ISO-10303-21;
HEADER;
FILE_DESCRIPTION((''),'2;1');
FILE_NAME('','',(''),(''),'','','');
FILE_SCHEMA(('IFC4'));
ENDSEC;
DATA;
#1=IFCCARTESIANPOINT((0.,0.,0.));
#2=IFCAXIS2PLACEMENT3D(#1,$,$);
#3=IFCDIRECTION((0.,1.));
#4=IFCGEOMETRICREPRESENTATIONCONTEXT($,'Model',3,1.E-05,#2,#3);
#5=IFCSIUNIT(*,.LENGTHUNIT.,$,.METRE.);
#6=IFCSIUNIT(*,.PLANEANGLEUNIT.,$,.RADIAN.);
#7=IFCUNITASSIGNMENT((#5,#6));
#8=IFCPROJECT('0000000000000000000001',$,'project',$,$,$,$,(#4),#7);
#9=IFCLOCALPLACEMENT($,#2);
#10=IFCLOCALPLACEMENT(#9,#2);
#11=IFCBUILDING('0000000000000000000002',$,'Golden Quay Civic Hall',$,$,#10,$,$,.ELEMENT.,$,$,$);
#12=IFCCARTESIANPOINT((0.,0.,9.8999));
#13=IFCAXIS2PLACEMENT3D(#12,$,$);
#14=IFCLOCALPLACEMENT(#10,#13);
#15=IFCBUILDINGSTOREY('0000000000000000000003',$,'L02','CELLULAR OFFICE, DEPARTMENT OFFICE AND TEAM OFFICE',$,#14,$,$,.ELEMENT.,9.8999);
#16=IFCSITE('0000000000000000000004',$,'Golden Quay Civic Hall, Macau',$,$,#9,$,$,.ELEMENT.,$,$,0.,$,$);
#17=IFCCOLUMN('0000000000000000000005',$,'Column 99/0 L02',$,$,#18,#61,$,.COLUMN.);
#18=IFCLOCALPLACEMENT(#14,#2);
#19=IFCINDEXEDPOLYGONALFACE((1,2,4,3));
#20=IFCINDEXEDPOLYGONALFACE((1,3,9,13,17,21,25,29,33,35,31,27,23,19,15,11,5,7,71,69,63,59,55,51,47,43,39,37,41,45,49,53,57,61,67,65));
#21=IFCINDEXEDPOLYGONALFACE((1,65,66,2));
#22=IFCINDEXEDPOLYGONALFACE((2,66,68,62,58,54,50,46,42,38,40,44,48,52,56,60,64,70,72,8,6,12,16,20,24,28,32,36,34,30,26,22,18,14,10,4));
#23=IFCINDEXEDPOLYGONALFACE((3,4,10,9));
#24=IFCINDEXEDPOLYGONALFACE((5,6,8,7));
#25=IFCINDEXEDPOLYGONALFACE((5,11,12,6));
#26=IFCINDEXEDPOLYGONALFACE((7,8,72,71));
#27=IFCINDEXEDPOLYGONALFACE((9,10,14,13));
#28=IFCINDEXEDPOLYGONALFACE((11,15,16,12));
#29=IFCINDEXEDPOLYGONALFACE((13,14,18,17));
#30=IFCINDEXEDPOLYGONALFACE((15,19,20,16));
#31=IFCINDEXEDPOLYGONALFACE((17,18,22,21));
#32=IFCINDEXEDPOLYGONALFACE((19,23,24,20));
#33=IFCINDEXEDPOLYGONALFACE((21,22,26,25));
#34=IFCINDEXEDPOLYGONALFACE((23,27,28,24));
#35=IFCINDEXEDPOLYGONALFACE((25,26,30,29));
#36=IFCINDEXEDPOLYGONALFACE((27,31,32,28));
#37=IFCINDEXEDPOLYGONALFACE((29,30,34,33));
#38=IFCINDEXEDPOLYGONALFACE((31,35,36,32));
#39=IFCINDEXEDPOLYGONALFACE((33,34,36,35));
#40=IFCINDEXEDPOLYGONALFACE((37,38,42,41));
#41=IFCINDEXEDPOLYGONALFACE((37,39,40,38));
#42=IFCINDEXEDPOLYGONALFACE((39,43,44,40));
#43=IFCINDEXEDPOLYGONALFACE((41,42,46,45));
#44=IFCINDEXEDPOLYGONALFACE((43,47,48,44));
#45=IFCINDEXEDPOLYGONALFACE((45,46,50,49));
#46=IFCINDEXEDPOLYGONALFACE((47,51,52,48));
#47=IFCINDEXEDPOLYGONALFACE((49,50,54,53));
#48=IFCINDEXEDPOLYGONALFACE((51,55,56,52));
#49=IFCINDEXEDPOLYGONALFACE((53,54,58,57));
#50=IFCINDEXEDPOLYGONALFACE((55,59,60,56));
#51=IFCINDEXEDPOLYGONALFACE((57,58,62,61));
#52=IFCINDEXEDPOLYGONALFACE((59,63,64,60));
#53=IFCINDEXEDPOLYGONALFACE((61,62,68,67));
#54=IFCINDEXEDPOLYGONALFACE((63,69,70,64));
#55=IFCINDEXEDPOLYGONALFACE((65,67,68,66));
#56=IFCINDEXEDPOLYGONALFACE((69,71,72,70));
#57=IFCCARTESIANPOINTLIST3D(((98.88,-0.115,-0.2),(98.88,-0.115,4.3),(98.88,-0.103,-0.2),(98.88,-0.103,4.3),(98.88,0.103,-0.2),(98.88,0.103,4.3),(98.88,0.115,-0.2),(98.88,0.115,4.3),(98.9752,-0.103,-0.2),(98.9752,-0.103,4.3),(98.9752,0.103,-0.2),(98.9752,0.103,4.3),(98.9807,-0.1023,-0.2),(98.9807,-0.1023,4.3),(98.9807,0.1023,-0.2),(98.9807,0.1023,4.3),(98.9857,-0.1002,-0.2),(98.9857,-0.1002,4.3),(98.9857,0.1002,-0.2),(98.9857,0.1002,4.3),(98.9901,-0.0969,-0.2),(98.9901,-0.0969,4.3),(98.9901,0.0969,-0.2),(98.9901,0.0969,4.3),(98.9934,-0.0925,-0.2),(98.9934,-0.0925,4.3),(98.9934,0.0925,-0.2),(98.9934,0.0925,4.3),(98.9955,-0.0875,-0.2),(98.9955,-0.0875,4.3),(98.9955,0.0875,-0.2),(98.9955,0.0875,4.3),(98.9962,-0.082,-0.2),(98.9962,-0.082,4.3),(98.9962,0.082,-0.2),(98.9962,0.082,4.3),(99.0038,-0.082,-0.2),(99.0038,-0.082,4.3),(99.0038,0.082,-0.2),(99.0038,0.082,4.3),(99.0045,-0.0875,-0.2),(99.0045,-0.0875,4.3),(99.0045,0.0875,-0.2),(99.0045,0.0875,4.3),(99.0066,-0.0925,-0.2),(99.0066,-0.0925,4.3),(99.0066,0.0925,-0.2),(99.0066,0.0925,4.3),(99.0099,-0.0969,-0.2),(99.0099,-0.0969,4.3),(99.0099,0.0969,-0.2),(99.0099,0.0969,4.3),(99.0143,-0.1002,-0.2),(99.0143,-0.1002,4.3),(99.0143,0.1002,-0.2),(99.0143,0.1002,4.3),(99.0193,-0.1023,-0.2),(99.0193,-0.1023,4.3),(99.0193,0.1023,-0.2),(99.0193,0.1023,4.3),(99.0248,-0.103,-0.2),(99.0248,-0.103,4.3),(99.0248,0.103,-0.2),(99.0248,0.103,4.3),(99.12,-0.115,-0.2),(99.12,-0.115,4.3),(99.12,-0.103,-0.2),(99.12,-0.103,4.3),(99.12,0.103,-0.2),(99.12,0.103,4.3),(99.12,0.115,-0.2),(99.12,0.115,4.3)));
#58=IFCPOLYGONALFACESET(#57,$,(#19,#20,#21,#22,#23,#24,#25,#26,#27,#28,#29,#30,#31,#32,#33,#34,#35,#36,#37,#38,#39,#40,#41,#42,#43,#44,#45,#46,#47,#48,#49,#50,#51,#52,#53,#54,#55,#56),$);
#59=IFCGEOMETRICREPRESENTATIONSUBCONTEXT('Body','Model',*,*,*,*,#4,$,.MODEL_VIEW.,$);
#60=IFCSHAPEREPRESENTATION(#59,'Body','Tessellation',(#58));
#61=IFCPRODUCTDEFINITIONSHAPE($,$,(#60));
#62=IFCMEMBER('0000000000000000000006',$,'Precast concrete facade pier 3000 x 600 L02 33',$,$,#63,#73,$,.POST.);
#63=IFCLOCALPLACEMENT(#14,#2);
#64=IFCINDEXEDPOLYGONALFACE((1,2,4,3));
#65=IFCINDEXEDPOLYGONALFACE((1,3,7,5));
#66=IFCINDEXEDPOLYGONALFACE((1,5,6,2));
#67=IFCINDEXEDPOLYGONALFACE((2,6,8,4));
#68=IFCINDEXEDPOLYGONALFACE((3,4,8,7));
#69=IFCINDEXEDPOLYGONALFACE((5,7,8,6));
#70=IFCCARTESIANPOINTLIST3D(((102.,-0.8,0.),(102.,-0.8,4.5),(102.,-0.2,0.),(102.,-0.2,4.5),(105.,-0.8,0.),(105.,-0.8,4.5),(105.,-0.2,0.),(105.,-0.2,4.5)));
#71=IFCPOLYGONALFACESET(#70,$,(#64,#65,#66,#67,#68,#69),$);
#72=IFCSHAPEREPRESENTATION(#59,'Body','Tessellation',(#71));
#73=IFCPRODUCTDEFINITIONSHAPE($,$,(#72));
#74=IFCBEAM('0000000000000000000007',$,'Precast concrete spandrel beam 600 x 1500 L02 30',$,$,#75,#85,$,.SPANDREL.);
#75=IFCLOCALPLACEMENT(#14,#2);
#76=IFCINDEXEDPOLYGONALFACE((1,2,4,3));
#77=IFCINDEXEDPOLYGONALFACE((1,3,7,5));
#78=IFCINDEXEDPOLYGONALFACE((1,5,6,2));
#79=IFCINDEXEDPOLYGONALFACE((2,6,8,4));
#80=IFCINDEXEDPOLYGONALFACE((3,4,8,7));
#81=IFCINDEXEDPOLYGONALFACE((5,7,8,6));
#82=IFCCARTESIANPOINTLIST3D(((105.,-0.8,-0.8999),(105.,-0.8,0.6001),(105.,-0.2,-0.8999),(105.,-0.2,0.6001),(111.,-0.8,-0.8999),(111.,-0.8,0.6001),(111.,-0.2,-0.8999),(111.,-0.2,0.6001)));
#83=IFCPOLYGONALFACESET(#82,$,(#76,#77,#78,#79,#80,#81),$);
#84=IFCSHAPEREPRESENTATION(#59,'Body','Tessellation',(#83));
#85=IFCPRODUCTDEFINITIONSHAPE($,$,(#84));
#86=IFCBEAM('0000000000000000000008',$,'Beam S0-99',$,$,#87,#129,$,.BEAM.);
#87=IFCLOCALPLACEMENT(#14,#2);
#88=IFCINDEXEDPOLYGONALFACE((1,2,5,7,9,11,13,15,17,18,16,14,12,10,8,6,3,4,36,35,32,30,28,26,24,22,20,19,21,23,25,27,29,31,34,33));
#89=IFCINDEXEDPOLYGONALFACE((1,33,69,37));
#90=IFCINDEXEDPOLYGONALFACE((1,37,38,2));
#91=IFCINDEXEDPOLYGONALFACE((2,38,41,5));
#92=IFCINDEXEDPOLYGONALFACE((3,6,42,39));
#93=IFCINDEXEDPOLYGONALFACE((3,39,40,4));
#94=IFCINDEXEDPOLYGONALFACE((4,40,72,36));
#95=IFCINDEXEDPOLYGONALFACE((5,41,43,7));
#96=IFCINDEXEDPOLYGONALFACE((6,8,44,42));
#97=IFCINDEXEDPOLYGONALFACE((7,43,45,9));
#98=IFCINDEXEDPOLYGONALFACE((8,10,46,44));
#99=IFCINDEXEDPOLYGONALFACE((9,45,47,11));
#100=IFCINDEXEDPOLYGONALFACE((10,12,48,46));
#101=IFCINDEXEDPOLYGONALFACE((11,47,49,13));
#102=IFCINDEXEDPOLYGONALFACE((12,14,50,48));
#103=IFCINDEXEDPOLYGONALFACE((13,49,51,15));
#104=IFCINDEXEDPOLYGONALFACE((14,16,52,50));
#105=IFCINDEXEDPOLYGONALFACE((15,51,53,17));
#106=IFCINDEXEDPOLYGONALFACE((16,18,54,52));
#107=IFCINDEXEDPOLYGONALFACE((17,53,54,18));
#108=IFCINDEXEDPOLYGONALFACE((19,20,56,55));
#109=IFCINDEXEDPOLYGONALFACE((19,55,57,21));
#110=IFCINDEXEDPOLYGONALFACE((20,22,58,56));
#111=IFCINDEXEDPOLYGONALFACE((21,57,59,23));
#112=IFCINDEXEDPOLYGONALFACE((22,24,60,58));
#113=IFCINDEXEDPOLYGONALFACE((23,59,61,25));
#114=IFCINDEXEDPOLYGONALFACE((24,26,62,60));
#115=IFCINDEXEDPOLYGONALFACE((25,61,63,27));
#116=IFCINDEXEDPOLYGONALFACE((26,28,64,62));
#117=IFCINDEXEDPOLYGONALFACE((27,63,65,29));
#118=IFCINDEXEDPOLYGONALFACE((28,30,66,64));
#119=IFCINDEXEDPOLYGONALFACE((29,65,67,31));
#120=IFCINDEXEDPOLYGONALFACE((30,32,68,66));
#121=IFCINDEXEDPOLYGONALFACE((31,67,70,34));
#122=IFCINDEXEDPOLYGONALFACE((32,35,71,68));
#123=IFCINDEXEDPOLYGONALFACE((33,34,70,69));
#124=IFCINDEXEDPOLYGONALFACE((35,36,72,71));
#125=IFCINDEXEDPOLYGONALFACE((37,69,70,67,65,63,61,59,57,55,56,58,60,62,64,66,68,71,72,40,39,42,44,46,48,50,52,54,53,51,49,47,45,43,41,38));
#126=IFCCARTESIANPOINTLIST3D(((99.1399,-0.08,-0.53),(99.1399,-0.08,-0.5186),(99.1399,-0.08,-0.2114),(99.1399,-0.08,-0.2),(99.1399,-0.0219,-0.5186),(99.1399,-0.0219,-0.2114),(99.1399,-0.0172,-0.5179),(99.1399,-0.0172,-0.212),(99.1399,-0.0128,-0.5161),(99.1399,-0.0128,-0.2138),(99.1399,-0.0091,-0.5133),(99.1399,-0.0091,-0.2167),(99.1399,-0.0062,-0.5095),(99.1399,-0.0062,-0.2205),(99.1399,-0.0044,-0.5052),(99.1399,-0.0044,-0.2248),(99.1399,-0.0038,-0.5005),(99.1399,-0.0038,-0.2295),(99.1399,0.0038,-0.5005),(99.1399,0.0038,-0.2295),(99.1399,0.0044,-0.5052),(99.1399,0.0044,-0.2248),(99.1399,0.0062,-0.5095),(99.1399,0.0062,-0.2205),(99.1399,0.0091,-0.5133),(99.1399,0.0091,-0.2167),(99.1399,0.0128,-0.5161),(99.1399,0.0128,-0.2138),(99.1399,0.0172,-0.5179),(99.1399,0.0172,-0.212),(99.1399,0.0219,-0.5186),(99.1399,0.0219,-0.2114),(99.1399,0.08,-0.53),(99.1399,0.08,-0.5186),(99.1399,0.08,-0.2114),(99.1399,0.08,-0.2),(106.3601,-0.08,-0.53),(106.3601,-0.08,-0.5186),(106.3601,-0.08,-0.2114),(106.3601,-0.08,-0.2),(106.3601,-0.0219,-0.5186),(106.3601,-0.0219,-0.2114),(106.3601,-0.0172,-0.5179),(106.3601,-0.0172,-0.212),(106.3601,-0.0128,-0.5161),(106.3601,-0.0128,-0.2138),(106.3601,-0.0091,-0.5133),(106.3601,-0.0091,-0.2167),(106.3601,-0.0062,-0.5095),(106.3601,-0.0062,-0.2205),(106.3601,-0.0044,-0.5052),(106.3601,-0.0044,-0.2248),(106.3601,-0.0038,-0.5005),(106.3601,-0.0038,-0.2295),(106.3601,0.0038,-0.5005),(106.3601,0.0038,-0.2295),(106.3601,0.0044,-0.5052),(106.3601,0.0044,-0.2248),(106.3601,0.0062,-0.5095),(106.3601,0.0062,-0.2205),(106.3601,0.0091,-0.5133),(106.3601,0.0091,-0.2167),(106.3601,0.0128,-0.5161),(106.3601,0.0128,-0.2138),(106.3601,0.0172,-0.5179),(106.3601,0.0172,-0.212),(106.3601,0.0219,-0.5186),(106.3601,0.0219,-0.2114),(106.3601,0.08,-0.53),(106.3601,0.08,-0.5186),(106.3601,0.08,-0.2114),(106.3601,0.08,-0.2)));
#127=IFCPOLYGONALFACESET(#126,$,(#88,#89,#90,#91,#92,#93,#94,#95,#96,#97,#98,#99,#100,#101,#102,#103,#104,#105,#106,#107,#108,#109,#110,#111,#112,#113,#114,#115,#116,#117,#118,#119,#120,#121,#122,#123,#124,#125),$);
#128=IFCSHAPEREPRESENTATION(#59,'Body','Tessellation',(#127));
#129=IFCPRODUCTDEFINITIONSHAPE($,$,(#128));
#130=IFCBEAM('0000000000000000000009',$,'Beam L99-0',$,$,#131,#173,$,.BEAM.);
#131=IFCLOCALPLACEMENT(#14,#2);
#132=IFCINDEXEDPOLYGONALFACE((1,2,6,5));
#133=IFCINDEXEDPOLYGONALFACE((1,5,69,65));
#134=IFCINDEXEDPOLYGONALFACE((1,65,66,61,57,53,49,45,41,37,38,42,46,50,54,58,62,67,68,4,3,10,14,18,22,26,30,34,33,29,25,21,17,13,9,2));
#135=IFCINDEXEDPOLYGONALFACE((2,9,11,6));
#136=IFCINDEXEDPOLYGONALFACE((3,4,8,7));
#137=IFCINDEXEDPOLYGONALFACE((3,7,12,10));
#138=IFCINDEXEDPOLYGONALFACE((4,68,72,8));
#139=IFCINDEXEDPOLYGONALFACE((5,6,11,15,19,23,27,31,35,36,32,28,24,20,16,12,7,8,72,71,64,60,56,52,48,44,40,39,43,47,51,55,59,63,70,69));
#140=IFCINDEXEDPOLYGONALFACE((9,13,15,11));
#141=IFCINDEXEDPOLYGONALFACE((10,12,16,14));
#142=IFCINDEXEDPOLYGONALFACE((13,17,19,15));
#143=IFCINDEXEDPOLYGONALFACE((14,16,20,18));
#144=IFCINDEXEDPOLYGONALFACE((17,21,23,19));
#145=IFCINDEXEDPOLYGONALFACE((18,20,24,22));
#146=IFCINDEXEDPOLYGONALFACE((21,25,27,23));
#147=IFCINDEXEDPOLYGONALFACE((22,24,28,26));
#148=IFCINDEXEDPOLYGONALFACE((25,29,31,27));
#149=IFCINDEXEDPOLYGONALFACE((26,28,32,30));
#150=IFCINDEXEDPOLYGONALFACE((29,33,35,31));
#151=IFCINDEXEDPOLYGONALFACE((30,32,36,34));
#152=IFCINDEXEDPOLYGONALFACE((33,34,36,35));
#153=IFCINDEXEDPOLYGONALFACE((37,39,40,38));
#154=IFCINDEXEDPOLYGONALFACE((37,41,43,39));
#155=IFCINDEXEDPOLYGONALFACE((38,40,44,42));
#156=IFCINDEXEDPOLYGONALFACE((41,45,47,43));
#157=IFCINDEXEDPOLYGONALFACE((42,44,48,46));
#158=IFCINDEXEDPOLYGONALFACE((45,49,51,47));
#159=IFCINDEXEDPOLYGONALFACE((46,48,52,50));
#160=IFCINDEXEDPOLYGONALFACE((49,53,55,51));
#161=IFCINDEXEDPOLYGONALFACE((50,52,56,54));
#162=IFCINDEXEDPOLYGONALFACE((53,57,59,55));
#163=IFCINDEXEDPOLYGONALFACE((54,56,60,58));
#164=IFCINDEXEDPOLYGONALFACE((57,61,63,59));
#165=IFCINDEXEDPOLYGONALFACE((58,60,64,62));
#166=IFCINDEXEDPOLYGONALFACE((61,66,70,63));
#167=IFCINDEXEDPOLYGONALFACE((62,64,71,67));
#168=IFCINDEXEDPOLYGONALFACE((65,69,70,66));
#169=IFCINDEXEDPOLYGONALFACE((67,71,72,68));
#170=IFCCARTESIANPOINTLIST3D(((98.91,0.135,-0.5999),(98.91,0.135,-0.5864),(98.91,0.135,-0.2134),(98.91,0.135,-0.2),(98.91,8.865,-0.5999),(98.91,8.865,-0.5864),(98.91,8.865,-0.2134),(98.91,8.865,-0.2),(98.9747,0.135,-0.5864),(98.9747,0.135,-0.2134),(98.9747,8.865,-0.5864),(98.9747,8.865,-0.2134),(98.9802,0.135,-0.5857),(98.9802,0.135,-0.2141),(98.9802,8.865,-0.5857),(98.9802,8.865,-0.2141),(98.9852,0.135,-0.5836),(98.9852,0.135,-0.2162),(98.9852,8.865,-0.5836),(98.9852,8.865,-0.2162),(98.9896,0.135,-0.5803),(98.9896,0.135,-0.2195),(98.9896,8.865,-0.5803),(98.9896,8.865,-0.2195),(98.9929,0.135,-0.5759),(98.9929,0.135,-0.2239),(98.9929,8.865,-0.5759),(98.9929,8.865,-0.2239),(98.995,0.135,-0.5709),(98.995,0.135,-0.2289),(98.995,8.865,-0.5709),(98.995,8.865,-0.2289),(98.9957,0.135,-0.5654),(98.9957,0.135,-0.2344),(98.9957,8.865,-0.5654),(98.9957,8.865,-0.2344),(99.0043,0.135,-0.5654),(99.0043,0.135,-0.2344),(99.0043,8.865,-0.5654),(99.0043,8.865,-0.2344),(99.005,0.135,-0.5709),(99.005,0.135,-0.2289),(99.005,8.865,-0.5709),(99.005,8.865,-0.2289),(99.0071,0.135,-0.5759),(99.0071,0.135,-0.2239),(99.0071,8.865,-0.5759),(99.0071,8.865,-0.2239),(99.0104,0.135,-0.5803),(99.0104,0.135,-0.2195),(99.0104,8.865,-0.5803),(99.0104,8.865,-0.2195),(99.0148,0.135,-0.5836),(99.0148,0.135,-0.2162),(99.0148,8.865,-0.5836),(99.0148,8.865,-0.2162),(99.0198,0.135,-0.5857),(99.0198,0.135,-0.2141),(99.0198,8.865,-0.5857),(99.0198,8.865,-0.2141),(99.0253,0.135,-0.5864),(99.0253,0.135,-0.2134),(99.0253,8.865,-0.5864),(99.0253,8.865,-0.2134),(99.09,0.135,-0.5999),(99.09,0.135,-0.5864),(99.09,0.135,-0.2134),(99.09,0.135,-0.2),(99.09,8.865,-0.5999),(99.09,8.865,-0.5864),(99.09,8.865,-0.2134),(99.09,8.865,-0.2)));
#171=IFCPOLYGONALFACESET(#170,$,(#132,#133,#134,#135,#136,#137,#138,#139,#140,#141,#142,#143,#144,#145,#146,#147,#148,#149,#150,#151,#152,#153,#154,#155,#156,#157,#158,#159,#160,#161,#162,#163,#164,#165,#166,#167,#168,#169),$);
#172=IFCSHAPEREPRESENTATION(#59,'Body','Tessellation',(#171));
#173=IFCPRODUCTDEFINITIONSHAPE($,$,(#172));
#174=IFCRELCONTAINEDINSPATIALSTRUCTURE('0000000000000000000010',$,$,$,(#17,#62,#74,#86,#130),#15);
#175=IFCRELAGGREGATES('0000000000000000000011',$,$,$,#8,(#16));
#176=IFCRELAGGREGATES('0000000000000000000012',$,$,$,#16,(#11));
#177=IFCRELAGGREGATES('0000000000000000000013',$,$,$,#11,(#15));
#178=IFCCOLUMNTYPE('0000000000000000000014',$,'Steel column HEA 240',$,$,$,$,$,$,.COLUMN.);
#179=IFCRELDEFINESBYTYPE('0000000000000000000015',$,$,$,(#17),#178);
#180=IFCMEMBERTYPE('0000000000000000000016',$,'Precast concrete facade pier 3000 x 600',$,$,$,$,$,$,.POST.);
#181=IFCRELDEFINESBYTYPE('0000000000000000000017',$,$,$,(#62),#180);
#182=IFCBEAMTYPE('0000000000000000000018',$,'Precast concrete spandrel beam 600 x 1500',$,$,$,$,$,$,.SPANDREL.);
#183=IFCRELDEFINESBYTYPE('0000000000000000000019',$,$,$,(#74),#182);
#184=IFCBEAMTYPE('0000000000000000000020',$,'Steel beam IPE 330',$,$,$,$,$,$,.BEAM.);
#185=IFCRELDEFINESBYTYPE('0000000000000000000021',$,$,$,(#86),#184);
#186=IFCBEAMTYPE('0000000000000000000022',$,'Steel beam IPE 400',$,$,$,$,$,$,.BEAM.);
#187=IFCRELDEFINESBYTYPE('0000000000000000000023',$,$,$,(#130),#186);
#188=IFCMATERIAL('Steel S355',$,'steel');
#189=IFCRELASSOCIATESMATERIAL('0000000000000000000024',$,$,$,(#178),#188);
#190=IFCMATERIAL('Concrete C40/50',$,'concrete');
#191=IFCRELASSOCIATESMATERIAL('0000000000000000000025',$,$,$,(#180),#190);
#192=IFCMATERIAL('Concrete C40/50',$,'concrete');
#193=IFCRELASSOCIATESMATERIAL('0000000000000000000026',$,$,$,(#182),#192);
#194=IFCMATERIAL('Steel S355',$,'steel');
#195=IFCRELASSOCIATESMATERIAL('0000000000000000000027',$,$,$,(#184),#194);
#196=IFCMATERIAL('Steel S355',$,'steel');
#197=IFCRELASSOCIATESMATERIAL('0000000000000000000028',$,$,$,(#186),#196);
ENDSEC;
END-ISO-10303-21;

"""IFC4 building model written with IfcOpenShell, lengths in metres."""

from ifc_helpers import new_model, si_unit, direction, frame, origin, origin_2d, place, context, subcontext, project, spatial, rectangle, i_section, extrude, material, material_profile, profile_set, type_object, element, save


model = new_model("IFC4")

# Units and contexts
model_context = context("Model", 3, precision=1e-05, world=origin(), true_north=direction((0.0, 1.0)))
body_context = subcontext(model_context, "Body", "Model", "MODEL_VIEW")
ifc_project = project(units=[si_unit("LENGTHUNIT", "METRE"), si_unit("PLANEANGLEUNIT", "RADIAN")], contexts=[model_context])

# Site, building, storey
site_placement = place(None, origin())
site = spatial("IfcSite", under=ifc_project, at=site_placement, Name="Golden Quay Civic Hall, Macau", CompositionType="ELEMENT", RefElevation=0.0)
building_placement = place(site_placement, origin())
building = spatial("IfcBuilding", under=site, at=building_placement, Name="Golden Quay Civic Hall", CompositionType="ELEMENT")
storey_placement = place(building_placement, frame((0.0, 0.0, 9.8999)))
storey = spatial("IfcBuildingStorey", under=building, at=storey_placement, Name="L02", Description="CELLULAR OFFICE, DEPARTMENT OFFICE AND TEAM OFFICE", CompositionType="ELEMENT", Elevation=9.8999)

# Column
ifc_material_1 = material(Name="Steel S355", Category="steel")
ifc_material_profile_1 = material_profile(ifc_material_1, i_section(OverallWidth=0.24, OverallDepth=0.23, WebThickness=0.0076, FlangeThickness=0.012, FilletRadius=0.021, at=origin_2d()), Name="HEA 240")
ifc_profile_set_1 = profile_set([ifc_material_profile_1], Name="Steel S355")
column_type = type_object("IfcColumnType", Name="Steel column HEA 240", PredefinedType="COLUMN", material=ifc_profile_set_1)
column_placement = place(storey_placement, frame((99.0, 0.0, -0.2), z_axis=(0.0, 0.0, 1.0), x_axis=(1.0, 0.0, 0.0)))
element("IfcColumn", 1, at=column_placement, inside=storey, type_object=column_type, Name="Column 99/0 L02", PredefinedType="COLUMN", context=body_context, shape_type="SweptSolid", body=[
    extrude(i_section(OverallWidth=0.24, OverallDepth=0.23, WebThickness=0.0076, FlangeThickness=0.012, FilletRadius=0.021, at=origin_2d()), origin(), (0.0, 0.0, 1.0), 4.5),
])

# Member
ifc_material_2 = material(Name="Concrete C40/50", Category="concrete")
ifc_material_profile_2 = material_profile(ifc_material_2, rectangle(XDim=3.0, YDim=0.6001, at=origin_2d()), Name="RC 3000x600")
ifc_profile_set_2 = profile_set([ifc_material_profile_2], Name="Concrete C40/50")
member_type_1 = type_object("IfcMemberType", Name="Precast concrete facade pier 3000 x 600", PredefinedType="POST", material=ifc_profile_set_2)
member_1_placement = place(storey_placement, frame((103.5, -0.5, 0.0), z_axis=(0.0, 0.0, 1.0), x_axis=(1.0, 0.0, 0.0)))
element("IfcMember", 2, at=member_1_placement, inside=storey, type_object=member_type_1, Name="Precast concrete facade pier 3000 x 600 L02 33", PredefinedType="POST", context=body_context, shape_type="SweptSolid", body=[
    extrude(rectangle(XDim=3.0, YDim=0.6001, at=origin_2d()), origin(), (0.0, 0.0, 1.0), 4.5),
])

# Beams
ifc_material_3 = material(Name="Concrete C40/50", Category="concrete")
ifc_material_profile_3 = material_profile(ifc_material_3, rectangle(XDim=0.6001, YDim=1.5, at=origin_2d()), Name="RC 600x1500")
ifc_profile_set_3 = profile_set([ifc_material_profile_3], Name="Concrete C40/50")
beam_type_1 = type_object("IfcBeamType", Name="Precast concrete spandrel beam 600 x 1500", PredefinedType="SPANDREL", material=ifc_profile_set_3)
beam_1_placement = place(storey_placement, frame((105.0, -0.5, -0.1499), z_axis=(1.0, 0.0, 0.0), x_axis=(0.0, 1.0, 0.0)))
element("IfcBeam", 3, at=beam_1_placement, inside=storey, type_object=beam_type_1, Name="Precast concrete spandrel beam 600 x 1500 L02 30", PredefinedType="SPANDREL", context=body_context, shape_type="SweptSolid", body=[
    extrude(rectangle(XDim=0.6001, YDim=1.5, at=origin_2d()), origin(), (0.0, 0.0, 1.0), 6.0),
])
ifc_material_4 = material(Name="Steel S355", Category="steel")
ifc_material_profile_4 = material_profile(ifc_material_4, i_section(OverallWidth=0.1599, OverallDepth=0.3301, WebThickness=0.0076, FlangeThickness=0.0115, FilletRadius=0.0181, at=origin_2d()), Name="IPE 330")
ifc_profile_set_4 = profile_set([ifc_material_profile_4], Name="Steel S355")
beam_type_2 = type_object("IfcBeamType", Name="Steel beam IPE 330", PredefinedType="BEAM", material=ifc_profile_set_4)
beam_2_placement = place(storey_placement, frame((99.1399, 0.0, -0.365), z_axis=(1.0, 0.0, 0.0), x_axis=(0.0, 1.0, 0.0)))
element("IfcBeam", 4, at=beam_2_placement, inside=storey, type_object=beam_type_2, Name="Beam S0-99", PredefinedType="BEAM", context=body_context, shape_type="SweptSolid", body=[
    extrude(i_section(OverallWidth=0.1599, OverallDepth=0.3301, WebThickness=0.0076, FlangeThickness=0.0115, FilletRadius=0.0181, at=origin_2d()), origin(), (0.0, 0.0, 1.0), 7.2202),
])
ifc_material_5 = material(Name="Steel S355", Category="steel")
ifc_material_profile_5 = material_profile(ifc_material_5, i_section(OverallWidth=0.1799, OverallDepth=0.3999, WebThickness=0.0085, FlangeThickness=0.0134, FilletRadius=0.021, at=origin_2d()), Name="IPE 400")
ifc_profile_set_5 = profile_set([ifc_material_profile_5], Name="Steel S355")
beam_type_3 = type_object("IfcBeamType", Name="Steel beam IPE 400", PredefinedType="BEAM", material=ifc_profile_set_5)
beam_3_placement = place(storey_placement, frame((99.0, 0.135, -0.3999), z_axis=(0.0, 1.0, 0.0), x_axis=(-1.0, 0.0, 0.0)))
element("IfcBeam", 5, at=beam_3_placement, inside=storey, type_object=beam_type_3, Name="Beam L99-0", PredefinedType="BEAM", context=body_context, shape_type="SweptSolid", body=[
    extrude(i_section(OverallWidth=0.1799, OverallDepth=0.3999, WebThickness=0.0085, FlangeThickness=0.0134, FilletRadius=0.021, at=origin_2d()), origin(), (0.0, 0.0, 1.0), 8.73),
])

save(model, "model.ifc")
